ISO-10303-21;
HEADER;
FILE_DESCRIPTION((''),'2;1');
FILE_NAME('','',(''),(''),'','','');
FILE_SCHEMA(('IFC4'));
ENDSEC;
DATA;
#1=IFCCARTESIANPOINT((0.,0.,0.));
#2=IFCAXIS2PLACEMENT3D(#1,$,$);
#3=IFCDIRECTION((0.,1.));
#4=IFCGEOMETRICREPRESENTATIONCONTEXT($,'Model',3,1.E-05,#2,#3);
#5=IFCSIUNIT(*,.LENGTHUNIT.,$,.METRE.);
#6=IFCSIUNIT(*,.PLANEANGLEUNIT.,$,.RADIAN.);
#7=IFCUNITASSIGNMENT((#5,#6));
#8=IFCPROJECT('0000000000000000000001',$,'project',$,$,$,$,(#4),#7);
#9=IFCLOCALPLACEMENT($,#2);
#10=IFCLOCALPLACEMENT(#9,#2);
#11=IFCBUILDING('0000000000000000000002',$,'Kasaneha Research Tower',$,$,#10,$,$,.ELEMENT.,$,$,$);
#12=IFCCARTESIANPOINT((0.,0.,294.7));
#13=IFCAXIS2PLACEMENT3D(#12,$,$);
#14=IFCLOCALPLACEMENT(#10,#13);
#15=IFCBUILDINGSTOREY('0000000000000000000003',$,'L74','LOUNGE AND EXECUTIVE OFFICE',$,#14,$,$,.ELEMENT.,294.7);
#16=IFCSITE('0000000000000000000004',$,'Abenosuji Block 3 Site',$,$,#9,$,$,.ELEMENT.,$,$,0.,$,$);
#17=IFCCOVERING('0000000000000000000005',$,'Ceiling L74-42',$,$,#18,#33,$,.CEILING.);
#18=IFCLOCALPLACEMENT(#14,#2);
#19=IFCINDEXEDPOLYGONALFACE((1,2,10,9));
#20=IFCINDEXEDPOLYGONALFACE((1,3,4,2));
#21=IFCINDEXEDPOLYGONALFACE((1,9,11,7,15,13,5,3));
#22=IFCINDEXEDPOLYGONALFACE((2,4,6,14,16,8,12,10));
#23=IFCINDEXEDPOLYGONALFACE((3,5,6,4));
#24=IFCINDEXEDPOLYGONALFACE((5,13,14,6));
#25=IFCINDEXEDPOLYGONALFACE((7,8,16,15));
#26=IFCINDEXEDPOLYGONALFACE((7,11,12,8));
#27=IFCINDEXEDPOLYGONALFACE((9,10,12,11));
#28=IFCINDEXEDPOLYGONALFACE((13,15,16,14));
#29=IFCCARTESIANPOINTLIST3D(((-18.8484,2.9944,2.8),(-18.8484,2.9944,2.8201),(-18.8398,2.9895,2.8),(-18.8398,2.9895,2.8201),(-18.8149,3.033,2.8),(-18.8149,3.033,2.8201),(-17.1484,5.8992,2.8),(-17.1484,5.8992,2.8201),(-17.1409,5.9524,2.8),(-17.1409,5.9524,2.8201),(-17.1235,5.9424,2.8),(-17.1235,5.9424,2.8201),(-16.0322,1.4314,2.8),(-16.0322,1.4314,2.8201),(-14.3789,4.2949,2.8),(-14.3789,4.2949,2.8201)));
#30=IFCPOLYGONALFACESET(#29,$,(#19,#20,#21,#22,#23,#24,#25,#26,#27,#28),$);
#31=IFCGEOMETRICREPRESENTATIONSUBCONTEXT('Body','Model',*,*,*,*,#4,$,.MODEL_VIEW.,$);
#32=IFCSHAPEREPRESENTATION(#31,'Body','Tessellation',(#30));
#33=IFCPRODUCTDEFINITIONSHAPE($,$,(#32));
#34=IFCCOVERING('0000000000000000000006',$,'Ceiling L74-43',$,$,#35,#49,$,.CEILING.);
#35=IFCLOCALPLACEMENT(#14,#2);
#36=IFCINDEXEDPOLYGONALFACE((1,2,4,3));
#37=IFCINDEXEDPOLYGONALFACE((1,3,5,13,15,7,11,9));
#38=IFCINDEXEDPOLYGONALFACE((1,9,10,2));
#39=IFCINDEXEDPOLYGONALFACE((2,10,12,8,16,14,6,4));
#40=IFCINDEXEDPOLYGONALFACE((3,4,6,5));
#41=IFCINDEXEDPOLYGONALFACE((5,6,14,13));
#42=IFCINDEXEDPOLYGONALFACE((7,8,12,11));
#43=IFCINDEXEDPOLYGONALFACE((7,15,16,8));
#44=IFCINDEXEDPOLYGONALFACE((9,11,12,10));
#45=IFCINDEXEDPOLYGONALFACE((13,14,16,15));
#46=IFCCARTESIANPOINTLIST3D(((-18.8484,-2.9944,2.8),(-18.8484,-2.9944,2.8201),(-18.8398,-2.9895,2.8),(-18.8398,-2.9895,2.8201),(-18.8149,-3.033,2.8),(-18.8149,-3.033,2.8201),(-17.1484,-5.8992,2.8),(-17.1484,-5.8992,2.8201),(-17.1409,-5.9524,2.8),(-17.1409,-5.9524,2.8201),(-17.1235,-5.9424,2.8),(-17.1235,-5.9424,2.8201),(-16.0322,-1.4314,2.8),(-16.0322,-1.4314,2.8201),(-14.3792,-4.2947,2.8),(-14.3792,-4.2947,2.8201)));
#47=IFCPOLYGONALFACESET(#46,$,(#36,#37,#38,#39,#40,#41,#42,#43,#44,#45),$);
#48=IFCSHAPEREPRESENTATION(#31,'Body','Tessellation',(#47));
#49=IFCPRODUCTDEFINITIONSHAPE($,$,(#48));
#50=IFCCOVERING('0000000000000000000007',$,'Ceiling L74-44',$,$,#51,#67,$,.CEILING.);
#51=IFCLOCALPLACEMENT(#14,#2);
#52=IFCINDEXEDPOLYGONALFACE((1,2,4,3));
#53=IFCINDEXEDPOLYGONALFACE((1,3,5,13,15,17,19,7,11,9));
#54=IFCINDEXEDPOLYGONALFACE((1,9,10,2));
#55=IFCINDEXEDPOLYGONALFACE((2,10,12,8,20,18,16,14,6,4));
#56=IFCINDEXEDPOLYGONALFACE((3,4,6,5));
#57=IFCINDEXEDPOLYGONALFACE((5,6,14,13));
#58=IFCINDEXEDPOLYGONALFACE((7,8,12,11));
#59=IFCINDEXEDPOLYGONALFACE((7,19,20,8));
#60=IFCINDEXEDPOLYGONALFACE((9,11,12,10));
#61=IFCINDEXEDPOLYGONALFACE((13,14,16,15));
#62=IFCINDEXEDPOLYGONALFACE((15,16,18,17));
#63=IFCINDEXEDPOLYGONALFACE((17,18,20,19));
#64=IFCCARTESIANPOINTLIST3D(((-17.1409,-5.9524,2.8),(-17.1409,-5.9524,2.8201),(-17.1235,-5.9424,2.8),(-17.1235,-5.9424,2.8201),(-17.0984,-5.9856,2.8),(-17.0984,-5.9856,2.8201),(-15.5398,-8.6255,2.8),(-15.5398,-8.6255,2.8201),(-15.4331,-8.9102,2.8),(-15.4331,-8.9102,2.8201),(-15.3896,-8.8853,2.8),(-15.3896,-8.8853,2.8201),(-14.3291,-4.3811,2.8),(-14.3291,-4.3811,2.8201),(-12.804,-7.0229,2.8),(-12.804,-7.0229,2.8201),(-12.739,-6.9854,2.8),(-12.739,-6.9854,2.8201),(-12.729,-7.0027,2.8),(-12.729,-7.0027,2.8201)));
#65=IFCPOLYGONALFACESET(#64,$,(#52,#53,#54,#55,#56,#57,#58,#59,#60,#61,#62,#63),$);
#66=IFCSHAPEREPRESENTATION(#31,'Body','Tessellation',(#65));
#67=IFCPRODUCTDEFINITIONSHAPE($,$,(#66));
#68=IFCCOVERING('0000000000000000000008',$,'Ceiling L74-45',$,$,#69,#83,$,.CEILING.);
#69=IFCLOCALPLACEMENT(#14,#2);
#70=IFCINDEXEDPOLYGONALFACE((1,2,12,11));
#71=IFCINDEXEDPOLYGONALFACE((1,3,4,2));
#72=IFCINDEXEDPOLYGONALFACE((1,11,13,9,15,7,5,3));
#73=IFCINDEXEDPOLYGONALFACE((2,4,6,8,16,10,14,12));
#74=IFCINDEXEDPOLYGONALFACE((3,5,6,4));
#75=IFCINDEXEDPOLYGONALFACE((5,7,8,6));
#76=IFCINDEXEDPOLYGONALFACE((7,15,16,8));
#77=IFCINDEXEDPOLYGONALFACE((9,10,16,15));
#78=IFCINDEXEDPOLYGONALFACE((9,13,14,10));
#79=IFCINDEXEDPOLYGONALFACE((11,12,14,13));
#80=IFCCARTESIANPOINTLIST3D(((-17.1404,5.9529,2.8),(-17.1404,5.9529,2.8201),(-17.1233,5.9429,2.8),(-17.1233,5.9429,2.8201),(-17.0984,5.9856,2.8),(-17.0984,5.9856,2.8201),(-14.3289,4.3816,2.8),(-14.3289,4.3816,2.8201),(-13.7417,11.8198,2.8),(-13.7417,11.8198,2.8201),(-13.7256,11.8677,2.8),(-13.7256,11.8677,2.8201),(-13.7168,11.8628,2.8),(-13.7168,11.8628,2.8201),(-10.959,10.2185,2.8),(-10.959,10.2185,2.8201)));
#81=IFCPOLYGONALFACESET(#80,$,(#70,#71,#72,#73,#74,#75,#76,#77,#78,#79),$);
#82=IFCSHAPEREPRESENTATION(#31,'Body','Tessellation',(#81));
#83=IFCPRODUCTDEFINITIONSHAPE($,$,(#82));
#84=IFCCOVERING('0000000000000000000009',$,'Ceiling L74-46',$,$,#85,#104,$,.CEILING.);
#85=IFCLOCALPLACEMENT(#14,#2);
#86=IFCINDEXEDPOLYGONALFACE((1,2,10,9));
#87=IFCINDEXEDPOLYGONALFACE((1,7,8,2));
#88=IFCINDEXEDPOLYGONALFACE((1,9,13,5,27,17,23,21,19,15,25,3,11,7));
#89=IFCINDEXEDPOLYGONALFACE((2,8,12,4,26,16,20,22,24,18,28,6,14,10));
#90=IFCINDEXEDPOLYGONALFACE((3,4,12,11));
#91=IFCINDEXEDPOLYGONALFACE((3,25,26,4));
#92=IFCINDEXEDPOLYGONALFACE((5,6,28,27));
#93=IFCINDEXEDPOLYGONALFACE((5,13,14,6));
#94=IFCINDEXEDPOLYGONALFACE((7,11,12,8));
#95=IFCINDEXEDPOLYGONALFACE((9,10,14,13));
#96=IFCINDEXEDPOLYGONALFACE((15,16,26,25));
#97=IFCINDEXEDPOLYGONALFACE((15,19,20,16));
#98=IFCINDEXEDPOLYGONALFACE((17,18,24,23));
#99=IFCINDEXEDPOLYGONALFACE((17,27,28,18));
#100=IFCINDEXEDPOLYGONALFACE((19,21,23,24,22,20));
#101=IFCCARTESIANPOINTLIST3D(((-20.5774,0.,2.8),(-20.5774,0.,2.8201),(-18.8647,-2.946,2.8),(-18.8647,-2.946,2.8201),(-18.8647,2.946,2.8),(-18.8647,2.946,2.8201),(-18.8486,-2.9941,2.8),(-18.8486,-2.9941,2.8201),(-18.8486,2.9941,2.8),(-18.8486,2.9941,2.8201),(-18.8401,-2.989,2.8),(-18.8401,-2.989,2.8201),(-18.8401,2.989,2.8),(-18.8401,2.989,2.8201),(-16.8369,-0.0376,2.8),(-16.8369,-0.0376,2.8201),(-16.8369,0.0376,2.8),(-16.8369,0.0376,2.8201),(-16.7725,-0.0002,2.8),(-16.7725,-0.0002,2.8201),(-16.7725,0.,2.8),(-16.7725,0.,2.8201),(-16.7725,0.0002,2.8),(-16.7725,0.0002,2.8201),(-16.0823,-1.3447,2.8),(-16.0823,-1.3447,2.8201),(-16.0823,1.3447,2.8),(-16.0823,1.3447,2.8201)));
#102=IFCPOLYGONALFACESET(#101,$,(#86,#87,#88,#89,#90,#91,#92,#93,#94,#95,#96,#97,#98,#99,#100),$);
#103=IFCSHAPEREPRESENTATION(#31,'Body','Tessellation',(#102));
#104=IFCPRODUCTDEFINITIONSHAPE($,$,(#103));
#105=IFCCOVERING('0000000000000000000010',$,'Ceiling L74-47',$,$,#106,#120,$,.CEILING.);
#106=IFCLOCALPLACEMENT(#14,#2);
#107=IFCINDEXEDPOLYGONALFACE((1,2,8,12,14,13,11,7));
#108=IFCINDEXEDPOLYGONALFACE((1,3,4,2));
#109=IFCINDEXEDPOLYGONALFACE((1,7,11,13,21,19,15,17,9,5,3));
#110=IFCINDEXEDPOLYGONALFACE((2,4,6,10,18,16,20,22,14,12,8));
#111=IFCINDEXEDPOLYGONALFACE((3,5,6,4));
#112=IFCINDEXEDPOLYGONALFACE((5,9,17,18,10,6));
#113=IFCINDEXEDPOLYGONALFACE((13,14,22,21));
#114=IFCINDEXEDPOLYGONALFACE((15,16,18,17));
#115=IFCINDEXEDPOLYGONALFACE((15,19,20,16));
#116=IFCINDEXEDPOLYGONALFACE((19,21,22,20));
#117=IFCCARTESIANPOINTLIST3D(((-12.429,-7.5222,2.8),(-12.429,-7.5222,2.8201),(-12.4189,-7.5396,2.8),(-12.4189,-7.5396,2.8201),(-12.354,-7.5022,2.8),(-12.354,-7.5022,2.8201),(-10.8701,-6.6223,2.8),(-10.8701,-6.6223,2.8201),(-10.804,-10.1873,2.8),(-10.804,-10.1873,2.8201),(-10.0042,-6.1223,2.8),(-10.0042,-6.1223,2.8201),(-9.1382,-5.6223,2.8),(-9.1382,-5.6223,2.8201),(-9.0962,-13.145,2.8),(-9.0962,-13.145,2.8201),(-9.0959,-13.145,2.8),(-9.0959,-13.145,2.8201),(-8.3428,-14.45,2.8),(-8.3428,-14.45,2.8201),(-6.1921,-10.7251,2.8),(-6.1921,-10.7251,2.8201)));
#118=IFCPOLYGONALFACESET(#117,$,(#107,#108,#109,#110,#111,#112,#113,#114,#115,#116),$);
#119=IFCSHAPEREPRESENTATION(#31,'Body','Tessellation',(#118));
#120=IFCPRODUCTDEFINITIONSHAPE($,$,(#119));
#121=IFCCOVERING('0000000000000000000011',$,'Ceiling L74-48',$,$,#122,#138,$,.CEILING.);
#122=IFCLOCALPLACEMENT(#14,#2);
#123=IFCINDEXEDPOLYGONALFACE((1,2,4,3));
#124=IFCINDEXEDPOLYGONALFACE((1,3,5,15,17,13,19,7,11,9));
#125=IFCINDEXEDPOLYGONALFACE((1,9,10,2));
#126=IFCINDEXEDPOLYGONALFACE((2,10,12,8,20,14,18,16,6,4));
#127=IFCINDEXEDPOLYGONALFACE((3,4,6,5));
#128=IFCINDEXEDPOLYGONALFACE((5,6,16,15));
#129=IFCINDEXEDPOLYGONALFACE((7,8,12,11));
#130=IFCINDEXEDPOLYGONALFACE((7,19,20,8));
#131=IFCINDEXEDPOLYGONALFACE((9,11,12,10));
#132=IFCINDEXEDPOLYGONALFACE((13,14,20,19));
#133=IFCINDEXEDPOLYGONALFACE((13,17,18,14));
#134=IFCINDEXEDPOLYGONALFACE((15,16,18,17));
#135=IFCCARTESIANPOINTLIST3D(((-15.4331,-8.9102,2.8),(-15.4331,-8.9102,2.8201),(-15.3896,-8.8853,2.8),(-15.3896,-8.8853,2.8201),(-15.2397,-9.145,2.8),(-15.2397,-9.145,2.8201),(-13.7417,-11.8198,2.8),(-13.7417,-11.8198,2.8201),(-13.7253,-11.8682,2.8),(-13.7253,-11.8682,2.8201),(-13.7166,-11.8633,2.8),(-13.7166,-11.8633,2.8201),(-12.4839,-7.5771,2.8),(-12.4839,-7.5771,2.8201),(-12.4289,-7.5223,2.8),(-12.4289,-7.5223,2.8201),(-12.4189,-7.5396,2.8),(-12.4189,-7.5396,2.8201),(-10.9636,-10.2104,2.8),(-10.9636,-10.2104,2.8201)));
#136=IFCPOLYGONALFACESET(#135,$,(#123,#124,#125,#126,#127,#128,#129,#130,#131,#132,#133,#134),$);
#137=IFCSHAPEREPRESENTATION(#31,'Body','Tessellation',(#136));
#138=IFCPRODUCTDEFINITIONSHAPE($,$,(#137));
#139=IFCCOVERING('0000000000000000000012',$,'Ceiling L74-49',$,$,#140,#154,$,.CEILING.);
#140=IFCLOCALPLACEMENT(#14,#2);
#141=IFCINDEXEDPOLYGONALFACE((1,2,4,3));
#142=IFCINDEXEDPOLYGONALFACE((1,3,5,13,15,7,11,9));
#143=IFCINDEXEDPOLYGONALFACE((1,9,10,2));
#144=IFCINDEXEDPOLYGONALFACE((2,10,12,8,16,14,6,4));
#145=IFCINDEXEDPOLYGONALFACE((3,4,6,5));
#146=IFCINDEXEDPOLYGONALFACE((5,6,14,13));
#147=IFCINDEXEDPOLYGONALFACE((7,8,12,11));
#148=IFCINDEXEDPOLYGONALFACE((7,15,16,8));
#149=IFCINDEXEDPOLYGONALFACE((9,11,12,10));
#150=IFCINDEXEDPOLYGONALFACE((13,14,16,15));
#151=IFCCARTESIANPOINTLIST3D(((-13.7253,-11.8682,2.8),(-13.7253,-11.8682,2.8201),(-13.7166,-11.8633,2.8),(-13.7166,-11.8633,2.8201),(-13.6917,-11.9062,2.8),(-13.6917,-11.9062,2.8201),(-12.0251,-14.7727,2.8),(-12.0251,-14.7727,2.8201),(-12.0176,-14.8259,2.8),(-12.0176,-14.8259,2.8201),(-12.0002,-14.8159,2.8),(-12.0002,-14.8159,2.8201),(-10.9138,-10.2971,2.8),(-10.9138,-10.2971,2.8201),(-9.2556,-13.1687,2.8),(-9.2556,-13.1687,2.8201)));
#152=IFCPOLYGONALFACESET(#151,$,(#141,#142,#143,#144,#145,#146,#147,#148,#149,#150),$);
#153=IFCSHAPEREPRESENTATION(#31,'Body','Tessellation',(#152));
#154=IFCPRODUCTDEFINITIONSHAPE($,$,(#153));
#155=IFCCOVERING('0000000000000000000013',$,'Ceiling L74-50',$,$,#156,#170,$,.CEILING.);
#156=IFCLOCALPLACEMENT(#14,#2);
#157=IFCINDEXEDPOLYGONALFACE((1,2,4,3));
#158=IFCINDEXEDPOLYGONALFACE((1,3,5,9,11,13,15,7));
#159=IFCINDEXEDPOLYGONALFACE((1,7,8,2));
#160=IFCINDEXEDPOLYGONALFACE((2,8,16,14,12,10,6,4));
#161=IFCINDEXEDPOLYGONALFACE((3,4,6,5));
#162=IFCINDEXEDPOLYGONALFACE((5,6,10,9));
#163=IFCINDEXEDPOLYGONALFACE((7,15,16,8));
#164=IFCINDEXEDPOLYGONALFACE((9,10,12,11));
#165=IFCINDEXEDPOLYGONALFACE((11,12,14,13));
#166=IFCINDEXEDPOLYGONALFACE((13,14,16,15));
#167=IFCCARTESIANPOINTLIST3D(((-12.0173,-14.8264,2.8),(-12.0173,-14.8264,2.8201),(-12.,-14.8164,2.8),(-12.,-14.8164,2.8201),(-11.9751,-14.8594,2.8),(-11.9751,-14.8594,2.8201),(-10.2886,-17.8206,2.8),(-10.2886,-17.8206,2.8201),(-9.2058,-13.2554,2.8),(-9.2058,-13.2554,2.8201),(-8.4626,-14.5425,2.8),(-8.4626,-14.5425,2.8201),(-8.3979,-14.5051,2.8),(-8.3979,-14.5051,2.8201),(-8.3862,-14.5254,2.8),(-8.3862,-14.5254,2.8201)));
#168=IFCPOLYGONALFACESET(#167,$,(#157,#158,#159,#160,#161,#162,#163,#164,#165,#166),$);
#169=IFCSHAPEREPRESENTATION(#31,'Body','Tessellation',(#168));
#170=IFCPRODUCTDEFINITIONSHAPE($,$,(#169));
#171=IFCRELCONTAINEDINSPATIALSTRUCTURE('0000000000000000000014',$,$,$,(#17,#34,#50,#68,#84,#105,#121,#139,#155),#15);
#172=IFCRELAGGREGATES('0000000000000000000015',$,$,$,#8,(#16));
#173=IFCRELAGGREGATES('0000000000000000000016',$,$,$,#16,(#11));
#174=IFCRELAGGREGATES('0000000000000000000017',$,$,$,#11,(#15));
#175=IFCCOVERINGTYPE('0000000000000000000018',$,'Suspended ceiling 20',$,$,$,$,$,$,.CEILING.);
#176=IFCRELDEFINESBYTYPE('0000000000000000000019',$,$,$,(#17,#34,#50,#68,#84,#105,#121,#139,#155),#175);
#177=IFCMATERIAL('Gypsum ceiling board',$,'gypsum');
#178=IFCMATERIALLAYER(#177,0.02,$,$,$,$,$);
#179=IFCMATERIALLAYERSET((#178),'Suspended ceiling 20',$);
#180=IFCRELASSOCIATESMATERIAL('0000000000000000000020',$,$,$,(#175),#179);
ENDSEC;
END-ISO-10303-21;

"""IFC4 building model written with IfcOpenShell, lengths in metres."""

from ifc_helpers import new_model, si_unit, direction, frame, origin, place, context, subcontext, project, spatial, polyline, outline, extrude, material, layer, layer_set, type_object, element, save


model = new_model("IFC4")

# Units and contexts
model_context = context("Model", 3, precision=1e-05, world=origin(), true_north=direction((0.0, 1.0)))
body_context = subcontext(model_context, "Body", "Model", "MODEL_VIEW")
ifc_project = project(units=[si_unit("LENGTHUNIT", "METRE"), si_unit("PLANEANGLEUNIT", "RADIAN")], contexts=[model_context])

# Site, building, storey
site_placement = place(None, origin())
site = spatial("IfcSite", under=ifc_project, at=site_placement, Name="Abenosuji Block 3 Site", CompositionType="ELEMENT", RefElevation=0.0)
building_placement = place(site_placement, origin())
building = spatial("IfcBuilding", under=site, at=building_placement, Name="Kasaneha Research Tower", CompositionType="ELEMENT")
storey_placement = place(building_placement, frame((0.0, 0.0, 294.7)))
storey = spatial("IfcBuildingStorey", under=building, at=storey_placement, Name="L74", Description="LOUNGE AND EXECUTIVE OFFICE", CompositionType="ELEMENT", Elevation=294.7)

# Coverings
ifc_material_1 = material(Name="Gypsum ceiling board", Category="gypsum")
ifc_layer_1 = layer(ifc_material_1, 0.02)
ifc_layer_set_1 = layer_set([ifc_layer_1], Name="Suspended ceiling 20")
covering_type_1 = type_object("IfcCoveringType", Name="Suspended ceiling 20", PredefinedType="CEILING", material=ifc_layer_set_1)
covering_1_placement = place(storey_placement, frame((0.0, 0.0, 2.8)))
element("IfcCovering", 1, at=covering_1_placement, inside=storey, type_object=covering_type_1, Name="Ceiling L74-42", PredefinedType="CEILING", context=body_context, shape_type="SweptSolid", body=[
    extrude(outline(polyline([(-17.1235, 5.9424), (-17.1484, 5.8992), (-14.3789, 4.2949), (-16.0322, 1.4314), (-18.8149, 3.033), (-18.8398, 2.9895), (-18.8484, 2.9944), (-17.1409, 5.9524), (-17.1235, 5.9424)])), origin(), (0.0, 0.0, 1.0), 0.02),
])
covering_2_placement = place(storey_placement, frame((0.0, 0.0, 2.8)))
element("IfcCovering", 2, at=covering_2_placement, inside=storey, type_object=covering_type_1, Name="Ceiling L74-43", PredefinedType="CEILING", context=body_context, shape_type="SweptSolid", body=[
    extrude(outline(polyline([(-18.8398, -2.9895), (-18.8149, -3.033), (-16.0322, -1.4314), (-14.3792, -4.2947), (-17.1484, -5.8992), (-17.1235, -5.9424), (-17.1409, -5.9524), (-18.8484, -2.9944), (-18.8398, -2.9895)])), origin(), (0.0, 0.0, 1.0), 0.02),
])
covering_3_placement = place(storey_placement, frame((0.0, 0.0, 2.8)))
element("IfcCovering", 3, at=covering_3_placement, inside=storey, type_object=covering_type_1, Name="Ceiling L74-44", PredefinedType="CEILING", context=body_context, shape_type="SweptSolid", body=[
    extrude(outline(polyline([(-15.5398, -8.6255), (-15.5398, -8.6255), (-15.3896, -8.8853), (-15.4331, -8.9102), (-17.1409, -5.9524), (-17.1235, -5.9424), (-17.0984, -5.9856), (-14.3291, -4.3811), (-12.804, -7.0229), (-12.739, -6.9854), (-12.729, -7.0027), (-15.5398, -8.6255), (-15.5398, -8.6255)])), origin(), (0.0, 0.0, 1.0), 0.02),
])
covering_4_placement = place(storey_placement, frame((0.0, 0.0, 2.8)))
element("IfcCovering", 4, at=covering_4_placement, inside=storey, type_object=covering_type_1, Name="Ceiling L74-45", PredefinedType="CEILING", context=body_context, shape_type="SweptSolid", body=[
    extrude(outline(polyline([(-17.1404, 5.9529), (-13.7256, 11.8677), (-13.7168, 11.8628), (-13.7417, 11.8198), (-10.959, 10.2185), (-14.3289, 4.3816), (-17.0984, 5.9856), (-17.1233, 5.9429), (-17.1404, 5.9529)])), origin(), (0.0, 0.0, 1.0), 0.02),
])
covering_5_placement = place(storey_placement, frame((0.0, 0.0, 2.8)))
element("IfcCovering", 5, at=covering_5_placement, inside=storey, type_object=covering_type_1, Name="Ceiling L74-46", PredefinedType="CEILING", context=body_context, shape_type="SweptSolid", body=[
    extrude(outline(polyline([(-18.8401, 2.989), (-18.8647, 2.946), (-16.0823, 1.3447), (-16.8369, 0.0376), (-16.7725, 0.0002), (-16.7725, 0.0), (-16.7725, -0.0002), (-16.8369, -0.0376), (-16.0823, -1.3447), (-18.8647, -2.946), (-18.8401, -2.989), (-18.8486, -2.9941), (-20.5774, 0.0), (-18.8486, 2.9941), (-18.8401, 2.989)])), origin(), (0.0, 0.0, 1.0), 0.02),
])
covering_6_placement = place(storey_placement, frame((0.0, 0.0, 2.8)))
element("IfcCovering", 6, at=covering_6_placement, inside=storey, type_object=covering_type_1, Name="Ceiling L74-47", PredefinedType="CEILING", context=body_context, shape_type="SweptSolid", body=[
    extrude(outline(polyline([(-10.8701, -6.6223), (-10.0042, -6.1223), (-10.0042, -6.1223), (-9.1382, -5.6223), (-6.1921, -10.7251), (-8.3428, -14.45), (-8.3428, -14.45), (-9.0962, -13.145), (-9.0959, -13.145), (-10.804, -10.1873), (-10.804, -10.1873), (-12.354, -7.5022), (-12.4189, -7.5396), (-12.429, -7.5222), (-10.8701, -6.6223), (-10.8701, -6.6223)])), origin(), (0.0, 0.0, 1.0), 0.02),
])
covering_7_placement = place(storey_placement, frame((0.0, 0.0, 2.8)))
element("IfcCovering", 7, at=covering_7_placement, inside=storey, type_object=covering_type_1, Name="Ceiling L74-48", PredefinedType="CEILING", context=body_context, shape_type="SweptSolid", body=[
    extrude(outline(polyline([(-15.3896, -8.8853), (-15.2397, -9.145), (-15.2397, -9.145), (-15.2397, -9.145), (-12.425, -7.52), (-12.429, -7.5222), (-12.4189, -7.5396), (-12.4839, -7.5771), (-10.9636, -10.2104), (-13.7417, -11.8198), (-13.7166, -11.8633), (-13.7253, -11.8682), (-15.4331, -8.9102), (-15.3896, -8.8853)])), origin(), (0.0, 0.0, 1.0), 0.02),
])
covering_8_placement = place(storey_placement, frame((0.0, 0.0, 2.8)))
element("IfcCovering", 8, at=covering_8_placement, inside=storey, type_object=covering_type_1, Name="Ceiling L74-49", PredefinedType="CEILING", context=body_context, shape_type="SweptSolid", body=[
    extrude(outline(polyline([(-13.7166, -11.8633), (-13.6917, -11.9062), (-10.9138, -10.2971), (-9.2556, -13.1687), (-12.0251, -14.7727), (-12.0002, -14.8159), (-12.0176, -14.8259), (-13.7253, -11.8682), (-13.7166, -11.8633)])), origin(), (0.0, 0.0, 1.0), 0.02),
])
covering_9_placement = place(storey_placement, frame((0.0, 0.0, 2.8)))
element("IfcCovering", 9, at=covering_9_placement, inside=storey, type_object=covering_type_1, Name="Ceiling L74-50", PredefinedType="CEILING", context=body_context, shape_type="SweptSolid", body=[
    extrude(outline(polyline([(-12.0, -14.8164), (-11.9751, -14.8594), (-9.2058, -13.2554), (-8.4626, -14.5425), (-8.3979, -14.5051), (-8.3862, -14.5254), (-10.2886, -17.8206), (-12.0173, -14.8264), (-12.0, -14.8164)])), origin(), (0.0, 0.0, 1.0), 0.02),
])

save(model, "model.ifc")
